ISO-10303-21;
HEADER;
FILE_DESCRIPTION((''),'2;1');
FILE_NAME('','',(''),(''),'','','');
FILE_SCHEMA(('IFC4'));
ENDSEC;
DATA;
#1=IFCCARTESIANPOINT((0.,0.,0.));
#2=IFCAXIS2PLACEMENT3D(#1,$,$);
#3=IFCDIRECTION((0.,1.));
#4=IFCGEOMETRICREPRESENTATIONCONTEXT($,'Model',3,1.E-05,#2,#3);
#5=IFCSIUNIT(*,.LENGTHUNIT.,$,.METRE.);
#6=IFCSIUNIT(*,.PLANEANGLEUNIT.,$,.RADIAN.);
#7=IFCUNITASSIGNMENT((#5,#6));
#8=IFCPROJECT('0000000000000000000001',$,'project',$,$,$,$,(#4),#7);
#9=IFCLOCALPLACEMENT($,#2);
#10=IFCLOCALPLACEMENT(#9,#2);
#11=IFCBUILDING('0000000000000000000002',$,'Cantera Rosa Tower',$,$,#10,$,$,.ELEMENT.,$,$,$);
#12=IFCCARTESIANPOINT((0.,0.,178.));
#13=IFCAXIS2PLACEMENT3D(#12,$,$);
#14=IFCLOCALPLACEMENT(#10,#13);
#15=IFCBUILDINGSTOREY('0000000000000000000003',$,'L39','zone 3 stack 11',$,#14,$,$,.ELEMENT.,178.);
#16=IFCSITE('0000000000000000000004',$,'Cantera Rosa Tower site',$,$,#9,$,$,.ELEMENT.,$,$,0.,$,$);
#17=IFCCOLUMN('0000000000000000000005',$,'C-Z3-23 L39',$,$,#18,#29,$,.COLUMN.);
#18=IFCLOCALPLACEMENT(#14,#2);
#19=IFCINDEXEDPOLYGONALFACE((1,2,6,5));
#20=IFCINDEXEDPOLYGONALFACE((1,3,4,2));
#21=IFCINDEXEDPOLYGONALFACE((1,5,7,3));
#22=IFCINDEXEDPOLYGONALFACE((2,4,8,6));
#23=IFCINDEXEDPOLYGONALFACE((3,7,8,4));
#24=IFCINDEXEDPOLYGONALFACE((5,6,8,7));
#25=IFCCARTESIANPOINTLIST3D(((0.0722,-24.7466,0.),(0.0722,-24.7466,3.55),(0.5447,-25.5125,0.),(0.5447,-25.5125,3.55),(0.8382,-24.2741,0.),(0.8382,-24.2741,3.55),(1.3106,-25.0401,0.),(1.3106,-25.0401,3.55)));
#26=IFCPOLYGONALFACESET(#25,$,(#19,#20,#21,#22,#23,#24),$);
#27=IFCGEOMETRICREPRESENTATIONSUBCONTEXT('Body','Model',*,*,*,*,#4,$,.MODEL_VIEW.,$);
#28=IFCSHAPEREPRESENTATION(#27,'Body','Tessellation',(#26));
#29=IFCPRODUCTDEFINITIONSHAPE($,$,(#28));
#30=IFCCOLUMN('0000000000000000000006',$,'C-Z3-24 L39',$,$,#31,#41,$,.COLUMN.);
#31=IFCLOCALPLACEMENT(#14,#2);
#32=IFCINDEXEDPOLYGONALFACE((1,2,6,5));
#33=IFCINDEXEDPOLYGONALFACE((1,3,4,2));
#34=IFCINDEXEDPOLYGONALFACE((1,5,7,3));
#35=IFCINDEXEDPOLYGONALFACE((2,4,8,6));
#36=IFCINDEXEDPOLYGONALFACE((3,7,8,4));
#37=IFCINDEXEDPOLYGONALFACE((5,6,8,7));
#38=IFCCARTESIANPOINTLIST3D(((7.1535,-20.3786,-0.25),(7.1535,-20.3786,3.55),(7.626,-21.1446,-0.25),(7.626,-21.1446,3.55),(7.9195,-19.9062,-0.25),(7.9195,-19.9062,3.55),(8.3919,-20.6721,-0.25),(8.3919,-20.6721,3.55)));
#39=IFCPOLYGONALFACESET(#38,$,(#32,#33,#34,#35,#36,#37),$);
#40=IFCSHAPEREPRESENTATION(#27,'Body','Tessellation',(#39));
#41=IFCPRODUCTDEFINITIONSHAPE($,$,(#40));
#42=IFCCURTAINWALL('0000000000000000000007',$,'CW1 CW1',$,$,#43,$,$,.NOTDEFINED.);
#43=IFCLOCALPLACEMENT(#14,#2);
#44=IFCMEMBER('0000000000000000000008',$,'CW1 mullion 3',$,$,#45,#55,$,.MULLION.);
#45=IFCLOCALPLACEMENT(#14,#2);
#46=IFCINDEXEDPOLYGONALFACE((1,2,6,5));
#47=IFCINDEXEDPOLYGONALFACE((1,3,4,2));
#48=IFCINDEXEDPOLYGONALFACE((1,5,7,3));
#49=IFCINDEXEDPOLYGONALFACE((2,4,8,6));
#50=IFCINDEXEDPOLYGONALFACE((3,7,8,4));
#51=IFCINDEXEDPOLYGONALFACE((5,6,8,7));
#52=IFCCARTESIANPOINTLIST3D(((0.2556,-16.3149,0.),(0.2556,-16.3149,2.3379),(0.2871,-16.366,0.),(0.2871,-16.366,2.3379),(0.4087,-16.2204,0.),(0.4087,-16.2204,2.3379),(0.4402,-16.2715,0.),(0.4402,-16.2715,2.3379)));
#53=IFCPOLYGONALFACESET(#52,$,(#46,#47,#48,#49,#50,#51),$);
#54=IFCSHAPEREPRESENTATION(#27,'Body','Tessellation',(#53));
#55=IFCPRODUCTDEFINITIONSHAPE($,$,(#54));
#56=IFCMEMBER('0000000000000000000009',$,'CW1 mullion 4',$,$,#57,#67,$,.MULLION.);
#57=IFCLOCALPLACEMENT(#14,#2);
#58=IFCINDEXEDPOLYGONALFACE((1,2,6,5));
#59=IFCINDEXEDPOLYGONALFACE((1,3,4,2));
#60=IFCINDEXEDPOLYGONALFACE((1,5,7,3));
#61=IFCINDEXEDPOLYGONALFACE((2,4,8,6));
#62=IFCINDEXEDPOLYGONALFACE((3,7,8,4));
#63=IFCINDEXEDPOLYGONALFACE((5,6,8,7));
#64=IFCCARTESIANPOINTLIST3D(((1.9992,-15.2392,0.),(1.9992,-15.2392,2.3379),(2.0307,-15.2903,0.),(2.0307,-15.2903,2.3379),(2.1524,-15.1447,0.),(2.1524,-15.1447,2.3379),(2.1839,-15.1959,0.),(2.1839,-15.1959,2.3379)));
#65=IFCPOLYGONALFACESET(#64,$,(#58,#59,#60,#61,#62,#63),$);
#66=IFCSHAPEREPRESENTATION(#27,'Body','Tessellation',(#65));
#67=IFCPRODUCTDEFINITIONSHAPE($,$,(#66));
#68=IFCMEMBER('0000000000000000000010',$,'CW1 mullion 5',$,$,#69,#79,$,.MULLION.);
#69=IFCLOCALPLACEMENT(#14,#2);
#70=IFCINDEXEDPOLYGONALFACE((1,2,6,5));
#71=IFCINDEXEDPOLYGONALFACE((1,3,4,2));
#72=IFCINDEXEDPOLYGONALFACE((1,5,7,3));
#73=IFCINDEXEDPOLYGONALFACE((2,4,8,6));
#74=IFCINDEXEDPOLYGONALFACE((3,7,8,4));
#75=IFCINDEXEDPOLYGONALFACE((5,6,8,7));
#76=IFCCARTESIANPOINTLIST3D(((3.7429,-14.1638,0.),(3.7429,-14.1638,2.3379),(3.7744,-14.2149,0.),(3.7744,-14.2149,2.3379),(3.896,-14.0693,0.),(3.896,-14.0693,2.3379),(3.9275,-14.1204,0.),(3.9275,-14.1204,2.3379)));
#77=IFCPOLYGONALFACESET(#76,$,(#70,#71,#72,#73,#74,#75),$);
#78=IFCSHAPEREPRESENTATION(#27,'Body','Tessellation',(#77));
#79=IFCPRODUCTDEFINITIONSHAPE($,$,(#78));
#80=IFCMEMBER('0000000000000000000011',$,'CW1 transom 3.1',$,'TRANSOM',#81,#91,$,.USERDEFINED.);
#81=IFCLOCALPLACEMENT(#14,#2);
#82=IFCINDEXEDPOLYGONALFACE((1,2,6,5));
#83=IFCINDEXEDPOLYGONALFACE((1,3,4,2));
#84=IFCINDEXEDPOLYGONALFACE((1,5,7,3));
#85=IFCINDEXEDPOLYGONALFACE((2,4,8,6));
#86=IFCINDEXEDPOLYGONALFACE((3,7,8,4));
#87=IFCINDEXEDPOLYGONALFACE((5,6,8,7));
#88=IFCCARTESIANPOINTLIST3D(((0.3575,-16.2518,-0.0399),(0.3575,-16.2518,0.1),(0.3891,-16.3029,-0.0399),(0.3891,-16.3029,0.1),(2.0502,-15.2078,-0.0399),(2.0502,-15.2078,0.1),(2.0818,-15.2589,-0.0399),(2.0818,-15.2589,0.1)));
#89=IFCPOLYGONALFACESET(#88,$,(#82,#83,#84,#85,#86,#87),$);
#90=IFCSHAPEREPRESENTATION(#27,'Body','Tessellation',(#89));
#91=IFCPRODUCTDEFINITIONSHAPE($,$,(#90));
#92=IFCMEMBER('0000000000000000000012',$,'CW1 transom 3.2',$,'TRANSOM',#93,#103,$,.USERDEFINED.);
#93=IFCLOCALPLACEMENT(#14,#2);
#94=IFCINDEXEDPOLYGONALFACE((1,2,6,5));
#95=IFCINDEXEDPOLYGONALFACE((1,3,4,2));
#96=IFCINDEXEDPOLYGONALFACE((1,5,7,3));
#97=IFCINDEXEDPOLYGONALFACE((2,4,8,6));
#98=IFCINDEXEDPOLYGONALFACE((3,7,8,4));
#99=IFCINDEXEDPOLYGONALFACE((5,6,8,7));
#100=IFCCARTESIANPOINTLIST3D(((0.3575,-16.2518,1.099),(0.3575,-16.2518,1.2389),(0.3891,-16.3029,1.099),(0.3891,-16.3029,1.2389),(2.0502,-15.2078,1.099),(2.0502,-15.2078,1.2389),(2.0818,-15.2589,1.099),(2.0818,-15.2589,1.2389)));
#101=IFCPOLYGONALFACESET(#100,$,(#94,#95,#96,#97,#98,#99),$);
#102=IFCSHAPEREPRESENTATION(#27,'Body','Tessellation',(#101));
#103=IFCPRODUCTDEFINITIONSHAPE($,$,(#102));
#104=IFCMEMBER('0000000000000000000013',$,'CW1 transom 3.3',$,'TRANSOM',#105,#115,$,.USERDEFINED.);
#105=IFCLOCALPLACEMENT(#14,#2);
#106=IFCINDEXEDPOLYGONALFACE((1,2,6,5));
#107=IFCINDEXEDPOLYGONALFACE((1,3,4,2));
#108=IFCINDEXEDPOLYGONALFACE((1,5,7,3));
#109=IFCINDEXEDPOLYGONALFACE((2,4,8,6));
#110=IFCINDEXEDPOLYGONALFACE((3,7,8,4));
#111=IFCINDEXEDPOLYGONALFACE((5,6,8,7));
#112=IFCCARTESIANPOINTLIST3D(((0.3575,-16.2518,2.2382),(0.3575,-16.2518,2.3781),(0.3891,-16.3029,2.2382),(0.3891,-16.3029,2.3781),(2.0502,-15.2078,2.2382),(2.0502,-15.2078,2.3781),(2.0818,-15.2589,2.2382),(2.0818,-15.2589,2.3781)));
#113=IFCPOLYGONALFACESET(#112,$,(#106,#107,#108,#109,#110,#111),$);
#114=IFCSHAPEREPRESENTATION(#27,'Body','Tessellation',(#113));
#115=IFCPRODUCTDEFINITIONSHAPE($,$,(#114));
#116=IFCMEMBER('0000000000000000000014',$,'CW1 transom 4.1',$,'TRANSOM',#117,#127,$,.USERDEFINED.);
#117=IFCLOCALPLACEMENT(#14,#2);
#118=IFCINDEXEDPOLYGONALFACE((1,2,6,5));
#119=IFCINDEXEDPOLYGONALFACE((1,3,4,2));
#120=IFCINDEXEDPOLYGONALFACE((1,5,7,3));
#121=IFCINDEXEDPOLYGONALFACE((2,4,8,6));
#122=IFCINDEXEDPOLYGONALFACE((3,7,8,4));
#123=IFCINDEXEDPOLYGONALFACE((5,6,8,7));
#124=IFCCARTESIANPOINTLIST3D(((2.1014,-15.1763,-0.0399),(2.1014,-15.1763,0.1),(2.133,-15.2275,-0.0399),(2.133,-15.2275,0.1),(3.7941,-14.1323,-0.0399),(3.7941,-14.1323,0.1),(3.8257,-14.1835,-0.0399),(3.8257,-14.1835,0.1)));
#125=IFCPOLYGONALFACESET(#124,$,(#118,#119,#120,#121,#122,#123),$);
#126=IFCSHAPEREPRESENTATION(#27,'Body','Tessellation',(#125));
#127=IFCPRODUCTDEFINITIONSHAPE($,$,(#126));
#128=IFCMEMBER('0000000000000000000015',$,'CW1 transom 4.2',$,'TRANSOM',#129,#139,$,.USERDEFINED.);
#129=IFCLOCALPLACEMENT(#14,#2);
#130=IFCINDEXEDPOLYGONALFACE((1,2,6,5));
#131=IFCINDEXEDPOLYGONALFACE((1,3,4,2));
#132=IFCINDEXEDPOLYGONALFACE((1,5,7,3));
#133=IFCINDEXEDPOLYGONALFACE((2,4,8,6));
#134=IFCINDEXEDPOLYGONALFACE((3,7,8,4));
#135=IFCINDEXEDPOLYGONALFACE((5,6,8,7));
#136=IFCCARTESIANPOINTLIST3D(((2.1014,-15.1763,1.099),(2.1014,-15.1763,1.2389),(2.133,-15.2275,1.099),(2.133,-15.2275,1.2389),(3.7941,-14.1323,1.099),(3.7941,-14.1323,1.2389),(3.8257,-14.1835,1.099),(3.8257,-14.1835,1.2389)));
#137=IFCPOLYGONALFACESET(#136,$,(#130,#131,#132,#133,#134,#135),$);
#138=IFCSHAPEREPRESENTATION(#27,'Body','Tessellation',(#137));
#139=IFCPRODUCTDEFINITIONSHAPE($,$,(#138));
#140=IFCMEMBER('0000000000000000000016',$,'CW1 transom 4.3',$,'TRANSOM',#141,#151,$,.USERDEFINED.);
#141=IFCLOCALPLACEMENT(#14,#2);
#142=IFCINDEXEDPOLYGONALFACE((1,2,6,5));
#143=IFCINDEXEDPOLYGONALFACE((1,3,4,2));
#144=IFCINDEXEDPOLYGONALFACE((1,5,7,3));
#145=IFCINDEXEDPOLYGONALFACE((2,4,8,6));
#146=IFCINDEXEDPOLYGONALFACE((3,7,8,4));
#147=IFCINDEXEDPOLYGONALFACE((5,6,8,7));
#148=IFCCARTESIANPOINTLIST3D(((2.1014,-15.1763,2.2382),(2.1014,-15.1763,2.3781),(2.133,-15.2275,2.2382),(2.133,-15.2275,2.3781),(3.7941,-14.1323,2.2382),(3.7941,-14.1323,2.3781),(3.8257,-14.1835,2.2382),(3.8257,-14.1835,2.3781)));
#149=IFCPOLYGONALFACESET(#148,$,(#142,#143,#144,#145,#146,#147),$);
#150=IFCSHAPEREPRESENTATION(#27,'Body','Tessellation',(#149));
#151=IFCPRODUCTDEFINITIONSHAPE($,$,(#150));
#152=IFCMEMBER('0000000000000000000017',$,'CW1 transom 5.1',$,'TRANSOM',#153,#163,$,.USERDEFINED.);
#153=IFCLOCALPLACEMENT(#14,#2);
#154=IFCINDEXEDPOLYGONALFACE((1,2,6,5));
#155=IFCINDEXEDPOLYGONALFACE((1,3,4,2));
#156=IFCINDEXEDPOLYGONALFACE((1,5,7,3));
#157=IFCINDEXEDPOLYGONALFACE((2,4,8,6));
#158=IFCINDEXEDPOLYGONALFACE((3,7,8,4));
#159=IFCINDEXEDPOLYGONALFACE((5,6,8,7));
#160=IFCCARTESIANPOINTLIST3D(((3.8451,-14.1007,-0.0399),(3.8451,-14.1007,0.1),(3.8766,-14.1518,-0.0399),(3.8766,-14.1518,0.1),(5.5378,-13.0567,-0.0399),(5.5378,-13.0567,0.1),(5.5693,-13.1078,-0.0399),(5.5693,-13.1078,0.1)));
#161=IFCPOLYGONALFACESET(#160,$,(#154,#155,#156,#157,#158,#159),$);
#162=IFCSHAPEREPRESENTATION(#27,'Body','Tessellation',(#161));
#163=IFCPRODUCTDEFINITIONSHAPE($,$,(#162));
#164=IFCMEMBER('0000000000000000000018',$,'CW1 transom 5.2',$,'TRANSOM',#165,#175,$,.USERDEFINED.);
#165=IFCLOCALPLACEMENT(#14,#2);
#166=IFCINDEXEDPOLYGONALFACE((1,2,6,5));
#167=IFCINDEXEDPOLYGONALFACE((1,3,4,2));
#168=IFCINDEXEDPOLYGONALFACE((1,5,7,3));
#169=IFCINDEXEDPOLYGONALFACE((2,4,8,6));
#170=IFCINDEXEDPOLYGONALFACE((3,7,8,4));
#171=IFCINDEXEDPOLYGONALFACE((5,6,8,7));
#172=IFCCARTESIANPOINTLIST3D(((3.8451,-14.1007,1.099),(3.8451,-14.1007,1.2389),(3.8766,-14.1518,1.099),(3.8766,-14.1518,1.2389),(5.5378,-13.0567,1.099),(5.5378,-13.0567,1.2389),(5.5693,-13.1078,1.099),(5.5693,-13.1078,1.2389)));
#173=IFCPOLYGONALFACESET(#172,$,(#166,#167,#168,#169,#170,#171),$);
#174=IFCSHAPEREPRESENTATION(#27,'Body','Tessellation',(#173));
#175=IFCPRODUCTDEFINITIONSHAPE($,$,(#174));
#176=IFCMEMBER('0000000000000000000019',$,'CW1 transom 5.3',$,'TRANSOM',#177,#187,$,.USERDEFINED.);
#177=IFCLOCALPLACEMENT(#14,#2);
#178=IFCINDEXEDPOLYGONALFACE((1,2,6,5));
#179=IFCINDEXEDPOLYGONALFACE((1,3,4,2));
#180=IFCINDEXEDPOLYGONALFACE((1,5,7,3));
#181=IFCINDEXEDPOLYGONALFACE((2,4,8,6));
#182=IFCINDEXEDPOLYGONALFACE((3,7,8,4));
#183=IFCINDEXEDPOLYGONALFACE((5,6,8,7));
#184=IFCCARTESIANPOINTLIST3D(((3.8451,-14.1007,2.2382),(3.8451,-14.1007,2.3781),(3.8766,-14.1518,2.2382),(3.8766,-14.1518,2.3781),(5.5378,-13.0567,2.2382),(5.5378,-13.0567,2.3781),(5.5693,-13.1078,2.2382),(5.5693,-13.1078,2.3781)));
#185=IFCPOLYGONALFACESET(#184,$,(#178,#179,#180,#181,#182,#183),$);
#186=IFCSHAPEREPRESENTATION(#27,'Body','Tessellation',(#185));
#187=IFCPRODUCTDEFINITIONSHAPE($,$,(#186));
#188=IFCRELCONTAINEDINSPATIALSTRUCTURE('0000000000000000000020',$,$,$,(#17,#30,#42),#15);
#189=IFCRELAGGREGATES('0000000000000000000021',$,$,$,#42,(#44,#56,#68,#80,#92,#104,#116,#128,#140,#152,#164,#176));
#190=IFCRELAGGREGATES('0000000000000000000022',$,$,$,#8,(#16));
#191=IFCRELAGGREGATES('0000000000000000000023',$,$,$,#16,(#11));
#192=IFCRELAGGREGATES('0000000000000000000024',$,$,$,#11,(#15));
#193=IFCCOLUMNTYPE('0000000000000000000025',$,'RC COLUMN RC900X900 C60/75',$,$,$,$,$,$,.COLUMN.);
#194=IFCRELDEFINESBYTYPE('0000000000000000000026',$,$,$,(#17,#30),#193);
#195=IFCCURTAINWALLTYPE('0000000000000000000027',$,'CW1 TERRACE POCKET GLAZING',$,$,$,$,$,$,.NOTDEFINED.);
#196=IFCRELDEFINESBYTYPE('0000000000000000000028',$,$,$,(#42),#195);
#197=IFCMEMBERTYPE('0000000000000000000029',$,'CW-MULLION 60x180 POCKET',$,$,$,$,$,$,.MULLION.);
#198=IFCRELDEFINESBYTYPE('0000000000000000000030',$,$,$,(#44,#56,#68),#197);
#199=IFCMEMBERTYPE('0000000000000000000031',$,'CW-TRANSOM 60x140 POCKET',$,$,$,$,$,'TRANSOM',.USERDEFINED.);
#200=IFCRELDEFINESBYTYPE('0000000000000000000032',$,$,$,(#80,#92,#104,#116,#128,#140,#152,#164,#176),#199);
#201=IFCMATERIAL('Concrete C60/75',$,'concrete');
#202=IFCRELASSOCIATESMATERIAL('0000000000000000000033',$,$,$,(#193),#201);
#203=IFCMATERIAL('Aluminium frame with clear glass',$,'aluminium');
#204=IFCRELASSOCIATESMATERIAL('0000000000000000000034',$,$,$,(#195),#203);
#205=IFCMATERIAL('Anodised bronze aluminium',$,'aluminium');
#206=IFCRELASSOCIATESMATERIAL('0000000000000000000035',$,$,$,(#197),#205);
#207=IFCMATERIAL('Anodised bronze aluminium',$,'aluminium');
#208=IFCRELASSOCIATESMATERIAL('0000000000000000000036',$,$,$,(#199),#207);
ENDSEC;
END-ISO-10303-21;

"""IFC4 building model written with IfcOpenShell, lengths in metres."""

from ifc_helpers import new_model, si_unit, direction, frame, origin, origin_2d, place, context, subcontext, project, spatial, rectangle, extrude, material, material_profile, profile_set, type_object, element, aggregate, save


model = new_model("IFC4")

# Units and contexts
model_context = context("Model", 3, precision=1e-05, world=origin(), true_north=direction((0.0, 1.0)))
body_context = subcontext(model_context, "Body", "Model", "MODEL_VIEW")
ifc_project = project(units=[si_unit("LENGTHUNIT", "METRE"), si_unit("PLANEANGLEUNIT", "RADIAN")], contexts=[model_context])

# Site, building, storey
site_placement = place(None, origin())
site = spatial("IfcSite", under=ifc_project, at=site_placement, Name="Cantera Rosa Tower site", CompositionType="ELEMENT", RefElevation=0.0)
building_placement = place(site_placement, origin())
building = spatial("IfcBuilding", under=site, at=building_placement, Name="Cantera Rosa Tower", CompositionType="ELEMENT")
storey_placement = place(building_placement, frame((0.0, 0.0, 178.0)))
storey = spatial("IfcBuildingStorey", under=building, at=storey_placement, Name="L39", Description="zone 3 stack 11", CompositionType="ELEMENT", Elevation=178.0)

# Columns
ifc_material_1 = material(Name="Concrete C60/75", Category="concrete")
ifc_material_profile_1 = material_profile(ifc_material_1, rectangle(XDim=0.8999, YDim=0.8999, at=origin_2d()), Name="RC COLUMN RC900X900 C60/75")
ifc_profile_set_1 = profile_set([ifc_material_profile_1], Name="Concrete C60/75")
column_type = type_object("IfcColumnType", Name="RC COLUMN RC900X900 C60/75", PredefinedType="COLUMN", material=ifc_profile_set_1)
column_1_placement = place(storey_placement, frame((0.6914, -24.8933, 0.0), z_axis=(0.0, 0.0, 1.0), x_axis=(0.851117, 0.524977, 0.0)))
element("IfcColumn", 1, at=column_1_placement, inside=storey, type_object=column_type, Name="C-Z3-23 L39", PredefinedType="COLUMN", context=body_context, shape_type="SweptSolid", body=[
    extrude(rectangle(XDim=0.8999, YDim=0.8999, at=origin_2d()), origin(), (0.0, 0.0, 1.0), 3.55),
])
column_2_placement = place(storey_placement, frame((7.7727, -20.5254, -0.25), z_axis=(0.0, 0.0, 1.0), x_axis=(0.851117, 0.524977, 0.0)))
element("IfcColumn", 2, at=column_2_placement, inside=storey, type_object=column_type, Name="C-Z3-24 L39", PredefinedType="COLUMN", context=body_context, shape_type="SweptSolid", body=[
    extrude(rectangle(XDim=0.8999, YDim=0.8999, at=origin_2d()), origin(), (0.0, 0.0, 1.0), 3.8),
])

# Curtain wall, members
ifc_material_2 = material(Name="Aluminium frame with clear glass", Category="aluminium")
curtain_wall_type = type_object("IfcCurtainWallType", Name="CW1 TERRACE POCKET GLAZING", PredefinedType="NOTDEFINED", material=ifc_material_2)
curtain_wall_placement = place(storey_placement, origin())
curtain_wall = element("IfcCurtainWall", 3, at=curtain_wall_placement, inside=storey, type_object=curtain_wall_type, Name="CW1 CW1", PredefinedType="NOTDEFINED")
ifc_material_3 = material(Name="Anodised bronze aluminium", Category="aluminium")
ifc_material_profile_2 = material_profile(ifc_material_3, rectangle(XDim=0.0601, YDim=0.1799, at=origin_2d()), Name="CW-MULLION 60x180 POCKET")
ifc_profile_set_2 = profile_set([ifc_material_profile_2], Name="Anodised bronze aluminium")
member_type_1 = type_object("IfcMemberType", Name="CW-MULLION 60x180 POCKET", PredefinedType="MULLION", material=ifc_profile_set_2)
member_1_placement = place(storey_placement, frame((0.3479, -16.2932, 0.0), z_axis=(0.0, 0.0, 1.0), x_axis=(-0.524977, 0.851117, 0.0)))
member_1 = element("IfcMember", 4, at=member_1_placement, type_object=member_type_1, Name="CW1 mullion 3", PredefinedType="MULLION", context=body_context, shape_type="SweptSolid", body=[
    extrude(rectangle(XDim=0.0601, YDim=0.1799, at=origin_2d()), origin(), (0.0, 0.0, 1.0), 2.3379),
])
member_2_placement = place(storey_placement, frame((2.0916, -15.2175, 0.0), z_axis=(0.0, 0.0, 1.0), x_axis=(-0.524977, 0.851117, 0.0)))
member_2 = element("IfcMember", 5, at=member_2_placement, type_object=member_type_1, Name="CW1 mullion 4", PredefinedType="MULLION", context=body_context, shape_type="SweptSolid", body=[
    extrude(rectangle(XDim=0.0601, YDim=0.1799, at=origin_2d()), origin(), (0.0, 0.0, 1.0), 2.3379),
])
member_3_placement = place(storey_placement, frame((3.8352, -14.1421, 0.0), z_axis=(0.0, 0.0, 1.0), x_axis=(-0.524977, 0.851117, 0.0)))
member_3 = element("IfcMember", 6, at=member_3_placement, type_object=member_type_1, Name="CW1 mullion 5", PredefinedType="MULLION", context=body_context, shape_type="SweptSolid", body=[
    extrude(rectangle(XDim=0.0601, YDim=0.1799, at=origin_2d()), origin(), (0.0, 0.0, 1.0), 2.3379),
])
ifc_material_4 = material(Name="Anodised bronze aluminium", Category="aluminium")
ifc_material_profile_3 = material_profile(ifc_material_4, rectangle(XDim=0.0601, YDim=0.1399, at=origin_2d()), Name="CW-TRANSOM 60x140 POCKET")
ifc_profile_set_3 = profile_set([ifc_material_profile_3], Name="Anodised bronze aluminium")
member_type_2 = type_object("IfcMemberType", Name="CW-TRANSOM 60x140 POCKET", ElementType="TRANSOM", PredefinedType="USERDEFINED", material=ifc_profile_set_3)
member_4_placement = place(storey_placement, frame((0.3733, -16.2773, 0.03), z_axis=(0.851135, 0.524947, 0.0), x_axis=(-0.524947, 0.851135, 0.0)))
member_4 = element("IfcMember", 7, at=member_4_placement, type_object=member_type_2, Name="CW1 transom 3.1", ObjectType="TRANSOM", PredefinedType="USERDEFINED", context=body_context, shape_type="SweptSolid", body=[
    extrude(rectangle(XDim=0.0601, YDim=0.1399, at=origin_2d()), origin(), (0.0, 0.0, 1.0), 1.9888),
])
member_5_placement = place(storey_placement, frame((0.3733, -16.2773, 1.1689), z_axis=(0.851135, 0.524947, 0.0), x_axis=(-0.524947, 0.851135, 0.0)))
member_5 = element("IfcMember", 8, at=member_5_placement, type_object=member_type_2, Name="CW1 transom 3.2", ObjectType="TRANSOM", PredefinedType="USERDEFINED", context=body_context, shape_type="SweptSolid", body=[
    extrude(rectangle(XDim=0.0601, YDim=0.1399, at=origin_2d()), origin(), (0.0, 0.0, 1.0), 1.9888),
])
member_6_placement = place(storey_placement, frame((0.3733, -16.2773, 2.3081), z_axis=(0.851135, 0.524947, 0.0), x_axis=(-0.524947, 0.851135, 0.0)))
member_6 = element("IfcMember", 9, at=member_6_placement, type_object=member_type_2, Name="CW1 transom 3.3", ObjectType="TRANSOM", PredefinedType="USERDEFINED", context=body_context, shape_type="SweptSolid", body=[
    extrude(rectangle(XDim=0.0601, YDim=0.1399, at=origin_2d()), origin(), (0.0, 0.0, 1.0), 1.9888),
])
member_7_placement = place(storey_placement, frame((2.1172, -15.2019, 0.03), z_axis=(0.851135, 0.524947, 0.0), x_axis=(-0.524947, 0.851135, 0.0)))
member_7 = element("IfcMember", 10, at=member_7_placement, type_object=member_type_2, Name="CW1 transom 4.1", ObjectType="TRANSOM", PredefinedType="USERDEFINED", context=body_context, shape_type="SweptSolid", body=[
    extrude(rectangle(XDim=0.0601, YDim=0.1399, at=origin_2d()), origin(), (0.0, 0.0, 1.0), 1.9888),
])
member_8_placement = place(storey_placement, frame((2.1172, -15.2019, 1.1689), z_axis=(0.851135, 0.524947, 0.0), x_axis=(-0.524947, 0.851135, 0.0)))
member_8 = element("IfcMember", 11, at=member_8_placement, type_object=member_type_2, Name="CW1 transom 4.2", ObjectType="TRANSOM", PredefinedType="USERDEFINED", context=body_context, shape_type="SweptSolid", body=[
    extrude(rectangle(XDim=0.0601, YDim=0.1399, at=origin_2d()), origin(), (0.0, 0.0, 1.0), 1.9888),
])
member_9_placement = place(storey_placement, frame((2.1172, -15.2019, 2.3081), z_axis=(0.851135, 0.524947, 0.0), x_axis=(-0.524947, 0.851135, 0.0)))
member_9 = element("IfcMember", 12, at=member_9_placement, type_object=member_type_2, Name="CW1 transom 4.3", ObjectType="TRANSOM", PredefinedType="USERDEFINED", context=body_context, shape_type="SweptSolid", body=[
    extrude(rectangle(XDim=0.0601, YDim=0.1399, at=origin_2d()), origin(), (0.0, 0.0, 1.0), 1.9888),
])
member_10_placement = place(storey_placement, frame((3.8608, -14.1262, 0.03), z_axis=(0.851135, 0.524947, 0.0), x_axis=(-0.524947, 0.851135, 0.0)))
member_10 = element("IfcMember", 13, at=member_10_placement, type_object=member_type_2, Name="CW1 transom 5.1", ObjectType="TRANSOM", PredefinedType="USERDEFINED", context=body_context, shape_type="SweptSolid", body=[
    extrude(rectangle(XDim=0.0601, YDim=0.1399, at=origin_2d()), origin(), (0.0, 0.0, 1.0), 1.9888),
])
member_11_placement = place(storey_placement, frame((3.8608, -14.1262, 1.1689), z_axis=(0.851135, 0.524947, 0.0), x_axis=(-0.524947, 0.851135, 0.0)))
member_11 = element("IfcMember", 14, at=member_11_placement, type_object=member_type_2, Name="CW1 transom 5.2", ObjectType="TRANSOM", PredefinedType="USERDEFINED", context=body_context, shape_type="SweptSolid", body=[
    extrude(rectangle(XDim=0.0601, YDim=0.1399, at=origin_2d()), origin(), (0.0, 0.0, 1.0), 1.9888),
])
member_12_placement = place(storey_placement, frame((3.8608, -14.1262, 2.3081), z_axis=(0.851135, 0.524947, 0.0), x_axis=(-0.524947, 0.851135, 0.0)))
member_12 = element("IfcMember", 15, at=member_12_placement, type_object=member_type_2, Name="CW1 transom 5.3", ObjectType="TRANSOM", PredefinedType="USERDEFINED", context=body_context, shape_type="SweptSolid", body=[
    extrude(rectangle(XDim=0.0601, YDim=0.1399, at=origin_2d()), origin(), (0.0, 0.0, 1.0), 1.9888),
])

aggregate(curtain_wall, [member_1, member_2, member_3, member_4, member_5, member_6, member_7, member_8, member_9, member_10, member_11, member_12])

save(model, "model.ifc")
